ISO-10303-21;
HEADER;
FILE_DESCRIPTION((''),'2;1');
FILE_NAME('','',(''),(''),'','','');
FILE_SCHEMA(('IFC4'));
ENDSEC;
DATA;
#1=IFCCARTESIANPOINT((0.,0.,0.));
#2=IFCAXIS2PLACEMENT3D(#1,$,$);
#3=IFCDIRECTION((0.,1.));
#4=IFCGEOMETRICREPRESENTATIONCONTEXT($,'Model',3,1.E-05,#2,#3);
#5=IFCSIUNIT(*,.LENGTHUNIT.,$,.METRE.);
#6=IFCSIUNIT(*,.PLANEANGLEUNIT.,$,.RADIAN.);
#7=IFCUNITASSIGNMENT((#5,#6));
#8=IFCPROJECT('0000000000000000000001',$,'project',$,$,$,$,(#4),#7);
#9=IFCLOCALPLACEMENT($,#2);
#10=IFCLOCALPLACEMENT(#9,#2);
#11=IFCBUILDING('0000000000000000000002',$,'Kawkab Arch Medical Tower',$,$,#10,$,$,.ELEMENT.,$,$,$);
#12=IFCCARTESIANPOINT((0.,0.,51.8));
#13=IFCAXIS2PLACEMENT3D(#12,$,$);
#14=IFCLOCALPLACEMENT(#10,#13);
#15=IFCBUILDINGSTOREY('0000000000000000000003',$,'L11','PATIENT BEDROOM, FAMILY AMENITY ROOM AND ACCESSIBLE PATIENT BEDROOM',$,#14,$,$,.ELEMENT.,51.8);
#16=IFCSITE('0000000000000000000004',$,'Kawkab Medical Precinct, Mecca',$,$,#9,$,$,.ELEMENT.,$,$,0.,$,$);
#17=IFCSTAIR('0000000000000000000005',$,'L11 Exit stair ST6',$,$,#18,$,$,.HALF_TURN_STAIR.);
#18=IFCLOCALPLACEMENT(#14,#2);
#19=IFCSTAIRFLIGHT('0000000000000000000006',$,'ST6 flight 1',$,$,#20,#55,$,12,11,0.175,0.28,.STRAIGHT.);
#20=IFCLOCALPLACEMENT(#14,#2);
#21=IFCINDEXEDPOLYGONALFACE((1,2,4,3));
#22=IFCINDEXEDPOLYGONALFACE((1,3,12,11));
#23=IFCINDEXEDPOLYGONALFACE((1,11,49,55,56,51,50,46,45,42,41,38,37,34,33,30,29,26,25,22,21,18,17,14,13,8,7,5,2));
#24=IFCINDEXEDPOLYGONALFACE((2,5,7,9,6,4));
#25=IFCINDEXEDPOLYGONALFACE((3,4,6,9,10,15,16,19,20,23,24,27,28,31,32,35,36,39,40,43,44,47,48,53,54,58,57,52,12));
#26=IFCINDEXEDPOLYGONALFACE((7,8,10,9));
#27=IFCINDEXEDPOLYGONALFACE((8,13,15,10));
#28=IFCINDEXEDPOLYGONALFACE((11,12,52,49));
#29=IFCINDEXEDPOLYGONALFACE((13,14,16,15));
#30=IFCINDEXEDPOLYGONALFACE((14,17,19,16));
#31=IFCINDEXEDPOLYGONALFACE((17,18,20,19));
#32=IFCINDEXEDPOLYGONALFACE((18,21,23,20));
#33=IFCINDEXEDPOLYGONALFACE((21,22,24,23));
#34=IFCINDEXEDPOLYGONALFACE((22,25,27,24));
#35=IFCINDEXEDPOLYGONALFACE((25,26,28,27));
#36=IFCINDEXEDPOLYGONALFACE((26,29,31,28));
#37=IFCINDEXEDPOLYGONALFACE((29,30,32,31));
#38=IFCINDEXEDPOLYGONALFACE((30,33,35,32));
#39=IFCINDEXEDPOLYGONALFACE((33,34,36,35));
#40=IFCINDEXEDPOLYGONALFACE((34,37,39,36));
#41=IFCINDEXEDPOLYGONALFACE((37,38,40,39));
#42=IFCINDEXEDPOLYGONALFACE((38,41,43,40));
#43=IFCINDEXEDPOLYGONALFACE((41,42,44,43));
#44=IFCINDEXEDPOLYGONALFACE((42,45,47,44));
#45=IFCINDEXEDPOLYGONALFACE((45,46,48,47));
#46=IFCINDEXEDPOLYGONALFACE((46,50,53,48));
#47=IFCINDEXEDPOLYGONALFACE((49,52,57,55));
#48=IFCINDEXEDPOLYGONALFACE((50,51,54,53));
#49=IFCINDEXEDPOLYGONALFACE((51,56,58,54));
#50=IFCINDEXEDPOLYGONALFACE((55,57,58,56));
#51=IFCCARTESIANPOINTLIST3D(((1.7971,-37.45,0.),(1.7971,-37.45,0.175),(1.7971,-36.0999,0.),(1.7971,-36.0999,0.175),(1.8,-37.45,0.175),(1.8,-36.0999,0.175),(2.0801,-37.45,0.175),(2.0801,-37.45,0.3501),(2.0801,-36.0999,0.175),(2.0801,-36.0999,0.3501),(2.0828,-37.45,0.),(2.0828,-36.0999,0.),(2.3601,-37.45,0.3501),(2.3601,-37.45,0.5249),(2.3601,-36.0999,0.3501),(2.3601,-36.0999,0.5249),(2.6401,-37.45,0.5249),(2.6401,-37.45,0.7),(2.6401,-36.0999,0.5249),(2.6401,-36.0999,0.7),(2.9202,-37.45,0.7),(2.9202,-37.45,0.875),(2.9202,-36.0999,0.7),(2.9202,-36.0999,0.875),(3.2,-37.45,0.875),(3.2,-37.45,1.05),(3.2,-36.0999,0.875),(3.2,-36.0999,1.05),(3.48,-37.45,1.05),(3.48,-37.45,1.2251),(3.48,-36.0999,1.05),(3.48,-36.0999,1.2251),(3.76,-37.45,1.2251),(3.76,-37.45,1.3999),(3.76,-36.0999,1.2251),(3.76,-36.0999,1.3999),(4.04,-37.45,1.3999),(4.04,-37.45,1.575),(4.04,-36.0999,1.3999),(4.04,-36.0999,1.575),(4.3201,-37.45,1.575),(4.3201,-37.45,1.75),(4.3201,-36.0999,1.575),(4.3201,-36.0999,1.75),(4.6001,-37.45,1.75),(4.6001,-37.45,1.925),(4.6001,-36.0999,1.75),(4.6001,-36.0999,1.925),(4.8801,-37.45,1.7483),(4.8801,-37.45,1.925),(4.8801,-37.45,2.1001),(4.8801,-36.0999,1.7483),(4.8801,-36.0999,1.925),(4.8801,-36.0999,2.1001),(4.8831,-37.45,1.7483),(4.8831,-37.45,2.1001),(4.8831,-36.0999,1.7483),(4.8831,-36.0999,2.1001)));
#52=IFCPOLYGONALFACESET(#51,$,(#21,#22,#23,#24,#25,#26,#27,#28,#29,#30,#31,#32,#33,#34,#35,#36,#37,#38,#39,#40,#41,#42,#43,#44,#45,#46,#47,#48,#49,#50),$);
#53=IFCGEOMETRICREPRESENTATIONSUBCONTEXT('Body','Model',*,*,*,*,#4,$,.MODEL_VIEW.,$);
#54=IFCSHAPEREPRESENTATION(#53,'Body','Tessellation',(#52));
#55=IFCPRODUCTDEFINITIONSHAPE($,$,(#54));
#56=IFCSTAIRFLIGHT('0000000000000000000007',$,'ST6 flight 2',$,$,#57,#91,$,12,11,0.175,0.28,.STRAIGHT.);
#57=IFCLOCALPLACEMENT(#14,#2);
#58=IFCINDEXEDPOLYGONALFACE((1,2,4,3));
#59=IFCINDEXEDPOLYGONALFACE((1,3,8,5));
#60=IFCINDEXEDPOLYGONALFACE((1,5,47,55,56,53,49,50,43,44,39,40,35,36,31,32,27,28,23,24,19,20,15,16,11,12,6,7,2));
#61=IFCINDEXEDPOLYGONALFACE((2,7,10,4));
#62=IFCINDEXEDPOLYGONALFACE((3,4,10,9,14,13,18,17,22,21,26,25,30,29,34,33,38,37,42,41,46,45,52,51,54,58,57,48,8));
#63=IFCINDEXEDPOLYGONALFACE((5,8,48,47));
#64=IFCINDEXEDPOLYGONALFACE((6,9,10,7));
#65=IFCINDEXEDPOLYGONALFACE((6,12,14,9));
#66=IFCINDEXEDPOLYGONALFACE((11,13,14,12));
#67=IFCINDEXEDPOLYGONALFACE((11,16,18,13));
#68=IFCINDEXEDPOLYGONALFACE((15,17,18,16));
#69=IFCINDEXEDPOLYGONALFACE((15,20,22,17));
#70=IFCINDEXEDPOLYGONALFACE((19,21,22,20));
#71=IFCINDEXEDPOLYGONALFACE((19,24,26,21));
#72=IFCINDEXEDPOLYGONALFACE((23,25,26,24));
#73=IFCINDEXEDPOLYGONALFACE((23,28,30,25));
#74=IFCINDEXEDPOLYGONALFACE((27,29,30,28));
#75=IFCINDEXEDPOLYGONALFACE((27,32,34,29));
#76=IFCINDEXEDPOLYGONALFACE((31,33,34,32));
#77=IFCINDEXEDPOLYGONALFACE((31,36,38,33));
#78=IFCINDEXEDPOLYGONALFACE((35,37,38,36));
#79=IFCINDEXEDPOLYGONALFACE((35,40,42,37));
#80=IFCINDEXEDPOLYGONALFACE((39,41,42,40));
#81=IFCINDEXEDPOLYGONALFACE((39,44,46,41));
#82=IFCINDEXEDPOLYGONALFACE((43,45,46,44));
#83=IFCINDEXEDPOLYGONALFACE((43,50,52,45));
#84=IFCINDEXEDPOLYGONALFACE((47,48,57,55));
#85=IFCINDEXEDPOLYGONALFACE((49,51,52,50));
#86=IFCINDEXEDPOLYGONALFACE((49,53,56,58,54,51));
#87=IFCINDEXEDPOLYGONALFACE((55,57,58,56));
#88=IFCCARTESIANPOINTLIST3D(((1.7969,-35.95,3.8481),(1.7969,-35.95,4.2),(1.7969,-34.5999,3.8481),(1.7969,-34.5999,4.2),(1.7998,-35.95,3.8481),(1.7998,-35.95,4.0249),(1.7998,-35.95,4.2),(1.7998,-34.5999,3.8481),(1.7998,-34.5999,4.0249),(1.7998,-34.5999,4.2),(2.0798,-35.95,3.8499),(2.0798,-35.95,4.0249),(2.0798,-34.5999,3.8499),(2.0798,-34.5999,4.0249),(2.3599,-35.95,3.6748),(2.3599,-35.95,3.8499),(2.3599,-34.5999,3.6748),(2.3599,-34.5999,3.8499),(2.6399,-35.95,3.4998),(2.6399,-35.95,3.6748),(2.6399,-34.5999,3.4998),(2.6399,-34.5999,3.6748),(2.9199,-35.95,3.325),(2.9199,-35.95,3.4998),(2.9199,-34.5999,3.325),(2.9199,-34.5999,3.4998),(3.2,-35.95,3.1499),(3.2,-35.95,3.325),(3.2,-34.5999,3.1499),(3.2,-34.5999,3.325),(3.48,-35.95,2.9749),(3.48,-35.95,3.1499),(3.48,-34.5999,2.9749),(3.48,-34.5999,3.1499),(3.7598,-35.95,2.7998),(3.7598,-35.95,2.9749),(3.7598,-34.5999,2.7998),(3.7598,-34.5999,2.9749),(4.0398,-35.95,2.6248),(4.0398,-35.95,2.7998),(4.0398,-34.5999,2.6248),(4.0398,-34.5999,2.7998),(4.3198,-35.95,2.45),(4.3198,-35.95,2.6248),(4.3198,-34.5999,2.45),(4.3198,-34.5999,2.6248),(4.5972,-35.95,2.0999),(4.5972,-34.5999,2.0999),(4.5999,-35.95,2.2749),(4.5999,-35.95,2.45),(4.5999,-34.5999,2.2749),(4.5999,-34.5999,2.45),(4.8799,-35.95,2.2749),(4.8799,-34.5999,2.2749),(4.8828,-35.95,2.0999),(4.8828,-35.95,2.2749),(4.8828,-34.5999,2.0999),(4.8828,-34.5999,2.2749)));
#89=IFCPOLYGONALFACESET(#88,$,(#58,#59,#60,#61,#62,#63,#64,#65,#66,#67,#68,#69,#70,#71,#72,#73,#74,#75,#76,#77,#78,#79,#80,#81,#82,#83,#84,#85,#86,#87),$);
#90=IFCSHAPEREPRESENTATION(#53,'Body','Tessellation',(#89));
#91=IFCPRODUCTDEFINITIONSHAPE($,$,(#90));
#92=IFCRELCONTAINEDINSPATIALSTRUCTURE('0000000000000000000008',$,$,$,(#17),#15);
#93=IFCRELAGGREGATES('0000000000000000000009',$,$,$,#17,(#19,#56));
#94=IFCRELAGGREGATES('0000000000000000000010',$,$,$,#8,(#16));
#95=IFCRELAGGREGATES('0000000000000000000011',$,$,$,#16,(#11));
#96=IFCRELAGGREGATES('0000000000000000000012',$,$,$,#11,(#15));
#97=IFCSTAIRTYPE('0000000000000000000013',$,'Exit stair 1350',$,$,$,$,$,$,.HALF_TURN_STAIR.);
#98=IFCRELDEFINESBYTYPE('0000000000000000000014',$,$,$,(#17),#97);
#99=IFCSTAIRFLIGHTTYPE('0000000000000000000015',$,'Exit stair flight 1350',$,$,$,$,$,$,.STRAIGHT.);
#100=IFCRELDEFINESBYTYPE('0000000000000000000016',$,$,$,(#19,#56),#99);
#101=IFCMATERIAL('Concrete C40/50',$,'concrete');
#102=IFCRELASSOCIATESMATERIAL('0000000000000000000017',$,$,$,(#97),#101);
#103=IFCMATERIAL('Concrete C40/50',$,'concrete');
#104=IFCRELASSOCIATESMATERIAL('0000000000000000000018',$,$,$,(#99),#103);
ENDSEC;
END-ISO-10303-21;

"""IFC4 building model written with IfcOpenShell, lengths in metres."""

from ifc_helpers import new_model, si_unit, direction, frame, origin, place, context, subcontext, project, spatial, polyline, outline, extrude, material, type_object, element, aggregate, save


model = new_model("IFC4")

# Units and contexts
model_context = context("Model", 3, precision=1e-05, world=origin(), true_north=direction((0.0, 1.0)))
body_context = subcontext(model_context, "Body", "Model", "MODEL_VIEW")
ifc_project = project(units=[si_unit("LENGTHUNIT", "METRE"), si_unit("PLANEANGLEUNIT", "RADIAN")], contexts=[model_context])

# Site, building, storey
site_placement = place(None, origin())
site = spatial("IfcSite", under=ifc_project, at=site_placement, Name="Kawkab Medical Precinct, Mecca", CompositionType="ELEMENT", RefElevation=0.0)
building_placement = place(site_placement, origin())
building = spatial("IfcBuilding", under=site, at=building_placement, Name="Kawkab Arch Medical Tower", CompositionType="ELEMENT")
storey_placement = place(building_placement, frame((0.0, 0.0, 51.8)))
storey = spatial("IfcBuildingStorey", under=building, at=storey_placement, Name="L11", Description="PATIENT BEDROOM, FAMILY AMENITY ROOM AND ACCESSIBLE PATIENT BEDROOM", CompositionType="ELEMENT", Elevation=51.8)

# Stair, stair flights
ifc_material_1 = material(Name="Concrete C40/50", Category="concrete")
stair_type = type_object("IfcStairType", Name="Exit stair 1350", PredefinedType="HALF_TURN_STAIR", material=ifc_material_1)
stair_placement = place(storey_placement, origin())
stair = element("IfcStair", 1, at=stair_placement, inside=storey, type_object=stair_type, Name="L11 Exit stair ST6", PredefinedType="HALF_TURN_STAIR")
ifc_material_2 = material(Name="Concrete C40/50", Category="concrete")
stair_flight_type = type_object("IfcStairFlightType", Name="Exit stair flight 1350", PredefinedType="STRAIGHT", material=ifc_material_2)
stair_flight_1_placement = place(storey_placement, frame((1.8, -36.7749, 0.0), z_axis=(0.0, 0.0, 1.0), x_axis=(1.0, 0.0, 0.0)))
stair_flight_1 = element("IfcStairFlight", 2, at=stair_flight_1_placement, type_object=stair_flight_type, Name="ST6 flight 1", NumberOfRisers=12, NumberOfTreads=11, PredefinedType="STRAIGHT", RiserHeight=0.175, TreadLength=0.28, context=body_context, shape_type="SweptSolid", body=[
    extrude(outline(polyline([(-0.0029, 0.0), (-0.0029, 0.175), (0.0, 0.175), (0.28, 0.175), (0.28, 0.3501), (0.5601, 0.3501), (0.5601, 0.5249), (0.8401, 0.5249), (0.8401, 0.7), (1.1201, 0.7), (1.1201, 0.875), (1.3999, 0.875), (1.3999, 1.05), (1.6799, 1.05), (1.6799, 1.2251), (1.96, 1.2251), (1.96, 1.3999), (2.24, 1.3999), (2.24, 1.575), (2.52, 1.575), (2.52, 1.75), (2.8, 1.75), (2.8, 1.925), (3.0801, 1.925), (3.0801, 2.1001), (3.083, 2.1001), (3.083, 1.7483), (3.0801, 1.7483), (0.2827, 0.0), (-0.0029, 0.0)])), frame((0.0, 0.675, 0.0), z_axis=(0.0, -1.0, 0.0), x_axis=(1.0, 0.0, 0.0)), (0.0, 0.0, 1.0), 1.3501),
])
stair_flight_2_placement = place(storey_placement, frame((4.8799, -35.2749, 2.0999), z_axis=(0.0, 0.0, 1.0), x_axis=(-1.0, 0.0, 0.0)))
stair_flight_2 = element("IfcStairFlight", 3, at=stair_flight_2_placement, type_object=stair_flight_type, Name="ST6 flight 2", NumberOfRisers=12, NumberOfTreads=11, PredefinedType="STRAIGHT", RiserHeight=0.175, TreadLength=0.28, context=body_context, shape_type="SweptSolid", body=[
    extrude(outline(polyline([(-0.0029, 0.0), (-0.0029, 0.175), (0.0, 0.175), (0.28, 0.175), (0.28, 0.3501), (0.5601, 0.3501), (0.5601, 0.5249), (0.8401, 0.5249), (0.8401, 0.7), (1.1201, 0.7), (1.1201, 0.875), (1.3999, 0.875), (1.3999, 1.05), (1.6799, 1.05), (1.6799, 1.2251), (1.96, 1.2251), (1.96, 1.3999), (2.24, 1.3999), (2.24, 1.575), (2.52, 1.575), (2.52, 1.75), (2.8, 1.75), (2.8, 1.925), (3.0801, 1.925), (3.0801, 2.1001), (3.083, 2.1001), (3.083, 1.7483), (3.0801, 1.7483), (0.2827, 0.0), (-0.0029, 0.0)])), frame((0.0, 0.675, 0.0), z_axis=(0.0, -1.0, 0.0), x_axis=(1.0, 0.0, 0.0)), (0.0, 0.0, 1.0), 1.3501),
])
aggregate(stair, [stair_flight_1, stair_flight_2])

save(model, "model.ifc")
